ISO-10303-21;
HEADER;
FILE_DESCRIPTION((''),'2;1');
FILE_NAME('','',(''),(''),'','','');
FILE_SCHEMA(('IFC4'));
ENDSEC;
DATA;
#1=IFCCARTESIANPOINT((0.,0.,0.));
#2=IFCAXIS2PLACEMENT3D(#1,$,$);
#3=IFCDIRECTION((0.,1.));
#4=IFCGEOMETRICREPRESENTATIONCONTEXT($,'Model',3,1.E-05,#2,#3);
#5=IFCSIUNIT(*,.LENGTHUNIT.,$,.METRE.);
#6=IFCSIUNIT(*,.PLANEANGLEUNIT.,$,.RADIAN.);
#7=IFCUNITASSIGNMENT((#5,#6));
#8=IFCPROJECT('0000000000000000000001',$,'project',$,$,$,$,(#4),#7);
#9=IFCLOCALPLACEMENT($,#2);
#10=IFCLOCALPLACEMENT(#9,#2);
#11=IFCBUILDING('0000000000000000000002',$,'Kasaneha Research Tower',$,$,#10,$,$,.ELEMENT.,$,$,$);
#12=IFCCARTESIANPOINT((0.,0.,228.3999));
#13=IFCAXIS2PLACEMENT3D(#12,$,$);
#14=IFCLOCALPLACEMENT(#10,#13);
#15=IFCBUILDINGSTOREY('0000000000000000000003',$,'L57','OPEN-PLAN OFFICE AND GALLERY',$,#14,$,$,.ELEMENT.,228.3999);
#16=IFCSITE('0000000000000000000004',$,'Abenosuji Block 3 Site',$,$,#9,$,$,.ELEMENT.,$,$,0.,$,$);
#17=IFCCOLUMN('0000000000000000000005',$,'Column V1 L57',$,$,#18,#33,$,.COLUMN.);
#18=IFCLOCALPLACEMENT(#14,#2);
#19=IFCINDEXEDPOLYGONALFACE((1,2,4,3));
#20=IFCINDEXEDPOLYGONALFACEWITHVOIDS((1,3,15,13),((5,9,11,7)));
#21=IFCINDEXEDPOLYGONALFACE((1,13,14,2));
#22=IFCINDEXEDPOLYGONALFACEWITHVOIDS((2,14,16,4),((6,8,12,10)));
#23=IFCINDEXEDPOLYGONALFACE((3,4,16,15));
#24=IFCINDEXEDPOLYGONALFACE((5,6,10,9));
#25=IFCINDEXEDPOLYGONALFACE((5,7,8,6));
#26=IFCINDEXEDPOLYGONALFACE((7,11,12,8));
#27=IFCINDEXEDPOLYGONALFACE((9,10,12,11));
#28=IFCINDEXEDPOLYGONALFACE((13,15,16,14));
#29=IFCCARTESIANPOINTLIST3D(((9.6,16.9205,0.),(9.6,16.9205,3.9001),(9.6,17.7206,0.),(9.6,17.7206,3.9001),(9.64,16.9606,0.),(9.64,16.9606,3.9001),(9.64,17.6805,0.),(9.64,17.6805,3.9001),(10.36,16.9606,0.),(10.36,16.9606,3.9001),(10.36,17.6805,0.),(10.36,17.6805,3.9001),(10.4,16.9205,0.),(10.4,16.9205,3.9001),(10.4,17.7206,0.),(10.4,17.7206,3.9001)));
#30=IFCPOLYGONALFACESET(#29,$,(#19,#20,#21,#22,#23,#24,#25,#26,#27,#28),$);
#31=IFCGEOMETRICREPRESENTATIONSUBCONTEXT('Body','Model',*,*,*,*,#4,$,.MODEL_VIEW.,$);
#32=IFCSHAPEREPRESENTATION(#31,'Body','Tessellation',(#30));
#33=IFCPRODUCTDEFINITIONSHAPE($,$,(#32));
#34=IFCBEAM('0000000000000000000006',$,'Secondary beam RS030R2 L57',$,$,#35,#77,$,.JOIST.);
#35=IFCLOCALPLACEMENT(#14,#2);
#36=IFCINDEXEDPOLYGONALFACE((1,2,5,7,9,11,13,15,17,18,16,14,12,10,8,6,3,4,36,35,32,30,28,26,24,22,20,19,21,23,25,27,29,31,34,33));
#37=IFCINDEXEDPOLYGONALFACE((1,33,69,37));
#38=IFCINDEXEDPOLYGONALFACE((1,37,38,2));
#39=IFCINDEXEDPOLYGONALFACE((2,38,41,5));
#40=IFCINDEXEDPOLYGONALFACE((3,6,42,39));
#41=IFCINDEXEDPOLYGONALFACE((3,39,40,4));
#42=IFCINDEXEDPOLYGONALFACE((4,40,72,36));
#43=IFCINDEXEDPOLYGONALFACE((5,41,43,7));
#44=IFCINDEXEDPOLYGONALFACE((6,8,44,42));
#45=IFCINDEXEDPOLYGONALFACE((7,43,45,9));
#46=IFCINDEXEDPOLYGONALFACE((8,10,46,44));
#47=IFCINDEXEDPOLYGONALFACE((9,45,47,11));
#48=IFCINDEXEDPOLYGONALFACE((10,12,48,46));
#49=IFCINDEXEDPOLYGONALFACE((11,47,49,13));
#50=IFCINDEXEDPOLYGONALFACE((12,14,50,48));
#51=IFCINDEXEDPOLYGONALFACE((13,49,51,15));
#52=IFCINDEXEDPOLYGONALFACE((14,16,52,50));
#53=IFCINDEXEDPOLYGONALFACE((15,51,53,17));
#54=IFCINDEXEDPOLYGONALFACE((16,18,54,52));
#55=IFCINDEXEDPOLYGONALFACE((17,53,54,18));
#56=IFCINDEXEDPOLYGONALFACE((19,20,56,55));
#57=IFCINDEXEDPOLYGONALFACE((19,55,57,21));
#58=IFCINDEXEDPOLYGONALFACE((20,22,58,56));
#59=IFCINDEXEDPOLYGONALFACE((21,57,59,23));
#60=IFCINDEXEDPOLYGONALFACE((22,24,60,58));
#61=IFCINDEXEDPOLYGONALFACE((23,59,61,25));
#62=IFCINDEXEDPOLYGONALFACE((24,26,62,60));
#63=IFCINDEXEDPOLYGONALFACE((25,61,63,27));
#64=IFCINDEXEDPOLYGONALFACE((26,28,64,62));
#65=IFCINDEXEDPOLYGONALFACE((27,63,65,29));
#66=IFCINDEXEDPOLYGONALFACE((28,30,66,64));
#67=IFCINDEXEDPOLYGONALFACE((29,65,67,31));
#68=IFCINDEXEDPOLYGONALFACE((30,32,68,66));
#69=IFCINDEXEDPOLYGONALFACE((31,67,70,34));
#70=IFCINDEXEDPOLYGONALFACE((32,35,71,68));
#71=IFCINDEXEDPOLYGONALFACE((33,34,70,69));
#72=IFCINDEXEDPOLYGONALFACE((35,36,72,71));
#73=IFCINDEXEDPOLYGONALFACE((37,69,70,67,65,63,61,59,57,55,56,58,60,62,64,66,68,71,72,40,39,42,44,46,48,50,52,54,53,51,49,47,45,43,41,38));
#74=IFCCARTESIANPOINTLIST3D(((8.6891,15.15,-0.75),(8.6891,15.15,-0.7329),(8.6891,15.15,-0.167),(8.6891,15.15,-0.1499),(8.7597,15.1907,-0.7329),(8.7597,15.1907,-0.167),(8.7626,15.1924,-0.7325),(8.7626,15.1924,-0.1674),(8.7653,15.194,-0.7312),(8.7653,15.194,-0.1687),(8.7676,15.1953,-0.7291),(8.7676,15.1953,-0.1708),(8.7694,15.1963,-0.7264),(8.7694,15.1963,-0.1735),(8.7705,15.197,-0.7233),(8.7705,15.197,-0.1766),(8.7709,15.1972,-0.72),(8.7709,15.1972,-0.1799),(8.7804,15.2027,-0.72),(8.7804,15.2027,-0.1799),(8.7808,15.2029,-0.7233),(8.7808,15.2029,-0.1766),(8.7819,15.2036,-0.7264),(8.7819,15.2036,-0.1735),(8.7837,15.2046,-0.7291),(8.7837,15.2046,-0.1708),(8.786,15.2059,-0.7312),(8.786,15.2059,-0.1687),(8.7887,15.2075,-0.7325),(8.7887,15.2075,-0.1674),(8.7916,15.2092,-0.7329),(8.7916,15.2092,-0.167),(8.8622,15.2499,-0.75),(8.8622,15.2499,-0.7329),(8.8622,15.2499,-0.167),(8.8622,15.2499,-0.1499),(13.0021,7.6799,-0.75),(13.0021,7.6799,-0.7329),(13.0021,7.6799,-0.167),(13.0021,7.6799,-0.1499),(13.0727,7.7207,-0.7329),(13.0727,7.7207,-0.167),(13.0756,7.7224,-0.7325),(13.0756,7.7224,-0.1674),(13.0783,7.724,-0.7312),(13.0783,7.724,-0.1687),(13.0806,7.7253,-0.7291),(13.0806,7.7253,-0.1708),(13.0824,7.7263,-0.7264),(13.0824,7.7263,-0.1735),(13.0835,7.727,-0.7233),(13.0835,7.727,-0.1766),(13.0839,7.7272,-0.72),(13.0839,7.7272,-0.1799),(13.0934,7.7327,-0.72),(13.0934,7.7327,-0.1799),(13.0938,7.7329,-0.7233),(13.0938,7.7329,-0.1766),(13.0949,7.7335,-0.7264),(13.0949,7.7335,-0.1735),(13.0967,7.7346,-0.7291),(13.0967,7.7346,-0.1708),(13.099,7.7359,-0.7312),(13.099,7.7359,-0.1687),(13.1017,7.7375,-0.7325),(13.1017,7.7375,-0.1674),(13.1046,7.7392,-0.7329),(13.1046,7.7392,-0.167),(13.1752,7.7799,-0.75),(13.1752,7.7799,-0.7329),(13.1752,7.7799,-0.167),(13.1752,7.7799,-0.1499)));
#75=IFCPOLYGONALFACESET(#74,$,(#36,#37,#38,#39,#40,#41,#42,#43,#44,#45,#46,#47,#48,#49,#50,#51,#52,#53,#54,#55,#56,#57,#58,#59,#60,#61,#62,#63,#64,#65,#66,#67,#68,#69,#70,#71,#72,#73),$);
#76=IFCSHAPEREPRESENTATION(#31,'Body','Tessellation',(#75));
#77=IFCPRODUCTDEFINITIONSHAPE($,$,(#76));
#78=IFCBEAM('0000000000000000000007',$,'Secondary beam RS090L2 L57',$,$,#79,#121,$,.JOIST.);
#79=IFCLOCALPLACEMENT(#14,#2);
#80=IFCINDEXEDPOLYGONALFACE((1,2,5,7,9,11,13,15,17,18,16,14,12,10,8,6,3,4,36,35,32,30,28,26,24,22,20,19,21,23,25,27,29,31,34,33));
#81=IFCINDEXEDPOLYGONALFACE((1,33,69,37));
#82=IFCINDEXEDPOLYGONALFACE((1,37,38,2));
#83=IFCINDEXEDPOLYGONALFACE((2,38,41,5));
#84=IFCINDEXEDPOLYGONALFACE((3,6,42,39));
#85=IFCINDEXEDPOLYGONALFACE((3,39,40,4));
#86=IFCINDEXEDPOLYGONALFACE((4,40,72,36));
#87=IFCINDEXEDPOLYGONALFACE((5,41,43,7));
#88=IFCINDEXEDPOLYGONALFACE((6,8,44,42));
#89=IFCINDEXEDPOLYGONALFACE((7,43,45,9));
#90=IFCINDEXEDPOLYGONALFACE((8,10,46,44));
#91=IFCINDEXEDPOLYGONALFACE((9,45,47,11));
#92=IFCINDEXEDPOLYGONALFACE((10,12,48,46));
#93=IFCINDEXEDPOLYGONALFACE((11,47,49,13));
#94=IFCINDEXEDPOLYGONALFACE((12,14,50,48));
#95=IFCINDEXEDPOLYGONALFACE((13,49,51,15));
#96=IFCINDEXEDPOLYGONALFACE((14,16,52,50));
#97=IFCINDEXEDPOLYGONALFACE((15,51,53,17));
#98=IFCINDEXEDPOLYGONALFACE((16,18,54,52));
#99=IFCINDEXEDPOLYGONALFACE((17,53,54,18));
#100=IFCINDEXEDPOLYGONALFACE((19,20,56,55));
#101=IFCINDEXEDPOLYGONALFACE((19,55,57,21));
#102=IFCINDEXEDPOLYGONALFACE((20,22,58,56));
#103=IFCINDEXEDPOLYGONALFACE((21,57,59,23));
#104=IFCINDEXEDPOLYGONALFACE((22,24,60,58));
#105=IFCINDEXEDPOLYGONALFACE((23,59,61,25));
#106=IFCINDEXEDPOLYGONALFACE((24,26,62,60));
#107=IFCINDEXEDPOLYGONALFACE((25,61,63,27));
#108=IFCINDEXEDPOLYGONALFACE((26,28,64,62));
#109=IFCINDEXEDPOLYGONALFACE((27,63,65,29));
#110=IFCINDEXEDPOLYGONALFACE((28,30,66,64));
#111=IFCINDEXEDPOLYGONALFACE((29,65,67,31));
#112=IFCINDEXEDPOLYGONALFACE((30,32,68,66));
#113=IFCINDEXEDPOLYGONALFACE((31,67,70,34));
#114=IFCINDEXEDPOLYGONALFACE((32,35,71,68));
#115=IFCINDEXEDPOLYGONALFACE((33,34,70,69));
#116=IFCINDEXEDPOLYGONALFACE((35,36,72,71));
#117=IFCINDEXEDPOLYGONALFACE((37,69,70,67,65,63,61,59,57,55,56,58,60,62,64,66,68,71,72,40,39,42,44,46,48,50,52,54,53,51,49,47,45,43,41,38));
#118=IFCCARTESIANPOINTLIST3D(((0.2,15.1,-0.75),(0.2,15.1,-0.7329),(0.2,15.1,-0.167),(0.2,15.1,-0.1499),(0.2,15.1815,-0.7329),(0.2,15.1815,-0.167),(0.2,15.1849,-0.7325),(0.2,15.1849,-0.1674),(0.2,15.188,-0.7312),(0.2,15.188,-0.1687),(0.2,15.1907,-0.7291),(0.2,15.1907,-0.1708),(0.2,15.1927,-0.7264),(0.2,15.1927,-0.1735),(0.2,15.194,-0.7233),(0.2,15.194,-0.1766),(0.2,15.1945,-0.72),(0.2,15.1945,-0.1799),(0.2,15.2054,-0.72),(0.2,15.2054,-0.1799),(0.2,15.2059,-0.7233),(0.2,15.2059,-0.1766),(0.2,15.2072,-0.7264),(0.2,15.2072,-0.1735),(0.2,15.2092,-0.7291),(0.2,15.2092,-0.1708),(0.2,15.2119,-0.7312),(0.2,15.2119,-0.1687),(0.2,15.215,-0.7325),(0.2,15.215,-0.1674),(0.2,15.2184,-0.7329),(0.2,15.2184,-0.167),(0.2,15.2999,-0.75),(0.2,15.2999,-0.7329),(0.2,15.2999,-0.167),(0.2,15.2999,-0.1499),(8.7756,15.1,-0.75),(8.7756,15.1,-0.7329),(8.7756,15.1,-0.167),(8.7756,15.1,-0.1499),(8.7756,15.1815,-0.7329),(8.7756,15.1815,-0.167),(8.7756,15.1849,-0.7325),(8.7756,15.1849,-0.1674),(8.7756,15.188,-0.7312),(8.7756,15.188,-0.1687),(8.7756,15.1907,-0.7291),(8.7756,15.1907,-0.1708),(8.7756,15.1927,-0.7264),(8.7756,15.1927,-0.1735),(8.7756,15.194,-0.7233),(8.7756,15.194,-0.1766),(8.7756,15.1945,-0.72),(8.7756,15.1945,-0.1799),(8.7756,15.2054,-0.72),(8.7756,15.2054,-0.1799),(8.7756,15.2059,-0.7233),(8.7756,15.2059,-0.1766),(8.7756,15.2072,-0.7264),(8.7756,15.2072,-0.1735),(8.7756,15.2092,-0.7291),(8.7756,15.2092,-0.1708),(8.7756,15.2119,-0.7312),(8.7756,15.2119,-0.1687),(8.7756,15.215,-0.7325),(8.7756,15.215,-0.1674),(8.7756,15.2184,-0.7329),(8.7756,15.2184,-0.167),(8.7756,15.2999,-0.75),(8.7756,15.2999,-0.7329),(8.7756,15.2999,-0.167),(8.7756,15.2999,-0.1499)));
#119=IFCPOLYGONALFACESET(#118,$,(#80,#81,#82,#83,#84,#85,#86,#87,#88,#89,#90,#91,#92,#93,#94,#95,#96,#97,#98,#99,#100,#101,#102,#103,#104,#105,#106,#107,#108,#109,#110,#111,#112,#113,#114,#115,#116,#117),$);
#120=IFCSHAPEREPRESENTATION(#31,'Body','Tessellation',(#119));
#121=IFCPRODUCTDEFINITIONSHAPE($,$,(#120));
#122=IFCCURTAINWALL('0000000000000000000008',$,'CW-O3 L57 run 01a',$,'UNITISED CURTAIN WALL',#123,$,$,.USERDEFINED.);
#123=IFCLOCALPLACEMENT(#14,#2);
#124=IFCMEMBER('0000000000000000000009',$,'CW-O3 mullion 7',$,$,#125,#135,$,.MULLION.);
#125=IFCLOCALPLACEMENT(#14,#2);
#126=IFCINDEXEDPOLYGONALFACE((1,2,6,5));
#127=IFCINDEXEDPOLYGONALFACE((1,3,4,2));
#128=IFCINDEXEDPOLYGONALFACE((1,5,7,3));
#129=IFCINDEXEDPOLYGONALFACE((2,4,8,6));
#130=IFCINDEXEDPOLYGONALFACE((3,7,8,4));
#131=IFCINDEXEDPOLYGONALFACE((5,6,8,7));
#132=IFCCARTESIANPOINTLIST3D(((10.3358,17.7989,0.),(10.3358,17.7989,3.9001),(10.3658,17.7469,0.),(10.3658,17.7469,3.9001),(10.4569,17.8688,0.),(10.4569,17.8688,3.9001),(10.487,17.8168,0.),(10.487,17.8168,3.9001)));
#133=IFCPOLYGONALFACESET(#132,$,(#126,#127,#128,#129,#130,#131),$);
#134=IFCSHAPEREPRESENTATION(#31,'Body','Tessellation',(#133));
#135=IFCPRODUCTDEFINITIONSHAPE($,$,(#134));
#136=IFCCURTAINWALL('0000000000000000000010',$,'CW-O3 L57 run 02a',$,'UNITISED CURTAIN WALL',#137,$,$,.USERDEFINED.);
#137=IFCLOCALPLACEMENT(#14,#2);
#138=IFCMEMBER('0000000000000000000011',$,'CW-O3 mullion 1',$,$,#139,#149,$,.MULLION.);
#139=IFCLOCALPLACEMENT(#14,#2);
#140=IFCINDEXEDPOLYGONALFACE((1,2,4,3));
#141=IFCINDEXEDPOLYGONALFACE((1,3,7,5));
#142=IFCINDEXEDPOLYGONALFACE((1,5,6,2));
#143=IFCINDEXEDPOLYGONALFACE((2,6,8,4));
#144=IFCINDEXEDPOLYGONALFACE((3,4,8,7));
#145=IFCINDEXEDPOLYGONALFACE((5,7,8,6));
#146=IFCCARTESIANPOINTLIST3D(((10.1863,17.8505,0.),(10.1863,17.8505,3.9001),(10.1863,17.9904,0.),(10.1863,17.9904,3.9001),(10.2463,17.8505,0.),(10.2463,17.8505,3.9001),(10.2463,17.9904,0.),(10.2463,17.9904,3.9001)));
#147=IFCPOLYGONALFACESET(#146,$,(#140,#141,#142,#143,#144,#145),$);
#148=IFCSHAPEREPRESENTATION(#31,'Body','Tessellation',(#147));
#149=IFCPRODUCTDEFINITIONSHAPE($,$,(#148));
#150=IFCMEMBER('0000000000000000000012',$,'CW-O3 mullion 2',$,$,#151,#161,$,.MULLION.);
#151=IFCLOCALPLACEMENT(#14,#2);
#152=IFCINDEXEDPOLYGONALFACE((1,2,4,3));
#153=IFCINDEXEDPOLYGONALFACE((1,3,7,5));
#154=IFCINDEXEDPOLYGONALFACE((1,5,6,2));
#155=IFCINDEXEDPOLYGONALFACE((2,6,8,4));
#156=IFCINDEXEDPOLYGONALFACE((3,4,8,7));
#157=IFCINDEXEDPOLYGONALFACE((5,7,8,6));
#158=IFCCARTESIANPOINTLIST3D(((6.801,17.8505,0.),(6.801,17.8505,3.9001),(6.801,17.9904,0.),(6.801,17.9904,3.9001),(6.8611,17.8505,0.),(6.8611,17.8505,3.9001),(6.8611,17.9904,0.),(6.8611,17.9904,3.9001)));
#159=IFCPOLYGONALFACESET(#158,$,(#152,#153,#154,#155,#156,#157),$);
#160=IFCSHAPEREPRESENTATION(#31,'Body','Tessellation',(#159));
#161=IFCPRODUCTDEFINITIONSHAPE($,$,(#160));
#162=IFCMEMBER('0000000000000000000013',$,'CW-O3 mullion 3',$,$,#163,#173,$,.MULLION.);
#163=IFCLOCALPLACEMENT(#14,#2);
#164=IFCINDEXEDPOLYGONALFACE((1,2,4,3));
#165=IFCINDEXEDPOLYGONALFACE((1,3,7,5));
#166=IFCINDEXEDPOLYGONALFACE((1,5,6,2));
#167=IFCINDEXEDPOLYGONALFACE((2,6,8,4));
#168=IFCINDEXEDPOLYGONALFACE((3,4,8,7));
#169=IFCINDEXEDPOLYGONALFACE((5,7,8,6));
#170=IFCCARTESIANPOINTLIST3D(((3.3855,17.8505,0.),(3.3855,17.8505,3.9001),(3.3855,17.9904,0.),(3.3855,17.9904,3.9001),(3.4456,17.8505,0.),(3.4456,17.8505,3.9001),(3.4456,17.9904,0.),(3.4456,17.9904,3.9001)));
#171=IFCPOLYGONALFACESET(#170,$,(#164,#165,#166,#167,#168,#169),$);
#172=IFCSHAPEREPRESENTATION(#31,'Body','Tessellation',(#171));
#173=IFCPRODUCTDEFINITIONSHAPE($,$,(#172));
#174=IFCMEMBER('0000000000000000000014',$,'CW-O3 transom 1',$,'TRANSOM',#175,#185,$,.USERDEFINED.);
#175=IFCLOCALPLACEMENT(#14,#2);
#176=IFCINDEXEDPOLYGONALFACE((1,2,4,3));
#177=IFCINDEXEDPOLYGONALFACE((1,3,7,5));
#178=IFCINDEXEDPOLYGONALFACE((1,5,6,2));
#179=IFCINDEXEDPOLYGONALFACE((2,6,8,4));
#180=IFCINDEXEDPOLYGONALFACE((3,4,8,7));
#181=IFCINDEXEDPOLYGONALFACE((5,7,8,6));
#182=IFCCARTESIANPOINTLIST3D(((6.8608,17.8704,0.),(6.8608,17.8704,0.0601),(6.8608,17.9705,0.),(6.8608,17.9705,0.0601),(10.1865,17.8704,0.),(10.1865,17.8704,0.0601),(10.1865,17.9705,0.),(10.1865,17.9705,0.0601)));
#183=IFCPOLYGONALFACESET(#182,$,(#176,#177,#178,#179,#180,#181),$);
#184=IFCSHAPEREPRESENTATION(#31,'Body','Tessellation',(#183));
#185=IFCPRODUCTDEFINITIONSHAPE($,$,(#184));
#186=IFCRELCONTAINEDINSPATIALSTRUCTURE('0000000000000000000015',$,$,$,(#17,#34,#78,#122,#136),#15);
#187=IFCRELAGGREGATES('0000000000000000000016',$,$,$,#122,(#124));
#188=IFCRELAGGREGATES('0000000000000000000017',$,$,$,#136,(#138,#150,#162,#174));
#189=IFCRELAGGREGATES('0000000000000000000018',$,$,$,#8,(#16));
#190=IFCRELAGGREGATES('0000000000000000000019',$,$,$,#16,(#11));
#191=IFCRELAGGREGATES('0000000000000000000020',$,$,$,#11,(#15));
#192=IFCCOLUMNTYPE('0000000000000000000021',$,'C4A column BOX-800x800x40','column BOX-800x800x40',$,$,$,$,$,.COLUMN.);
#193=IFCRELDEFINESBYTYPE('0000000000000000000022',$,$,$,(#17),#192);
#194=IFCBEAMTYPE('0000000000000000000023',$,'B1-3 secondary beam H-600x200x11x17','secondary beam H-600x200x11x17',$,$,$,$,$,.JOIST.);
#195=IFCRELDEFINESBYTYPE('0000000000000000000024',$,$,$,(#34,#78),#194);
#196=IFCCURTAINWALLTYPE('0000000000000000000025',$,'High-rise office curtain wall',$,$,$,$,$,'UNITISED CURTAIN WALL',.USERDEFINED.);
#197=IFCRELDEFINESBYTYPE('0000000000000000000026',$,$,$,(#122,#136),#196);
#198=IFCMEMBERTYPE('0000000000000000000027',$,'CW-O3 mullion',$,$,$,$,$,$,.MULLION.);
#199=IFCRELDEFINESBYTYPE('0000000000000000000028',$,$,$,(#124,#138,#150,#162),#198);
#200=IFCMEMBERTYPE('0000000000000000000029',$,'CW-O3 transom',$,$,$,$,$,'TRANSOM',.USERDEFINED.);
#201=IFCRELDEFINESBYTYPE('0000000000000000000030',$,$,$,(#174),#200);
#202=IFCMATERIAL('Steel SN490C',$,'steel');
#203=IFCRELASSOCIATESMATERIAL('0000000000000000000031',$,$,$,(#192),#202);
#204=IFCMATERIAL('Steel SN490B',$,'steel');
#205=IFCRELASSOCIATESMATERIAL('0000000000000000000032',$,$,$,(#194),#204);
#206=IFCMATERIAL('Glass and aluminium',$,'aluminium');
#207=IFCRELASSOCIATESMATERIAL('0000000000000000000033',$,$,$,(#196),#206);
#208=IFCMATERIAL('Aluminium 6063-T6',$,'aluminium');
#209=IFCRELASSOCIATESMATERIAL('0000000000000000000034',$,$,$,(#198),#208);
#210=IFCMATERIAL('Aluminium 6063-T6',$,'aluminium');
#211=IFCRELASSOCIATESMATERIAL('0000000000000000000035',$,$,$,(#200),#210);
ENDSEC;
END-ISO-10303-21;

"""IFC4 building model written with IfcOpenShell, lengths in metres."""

from ifc_helpers import new_model, si_unit, direction, frame, origin, origin_2d, place, context, subcontext, project, spatial, rectangle, hollow_rectangle, i_section, extrude, material, material_profile, profile_set, type_object, element, aggregate, save


model = new_model("IFC4")

# Units and contexts
model_context = context("Model", 3, precision=1e-05, world=origin(), true_north=direction((0.0, 1.0)))
body_context = subcontext(model_context, "Body", "Model", "MODEL_VIEW")
ifc_project = project(units=[si_unit("LENGTHUNIT", "METRE"), si_unit("PLANEANGLEUNIT", "RADIAN")], contexts=[model_context])

# Site, building, storey
site_placement = place(None, origin())
site = spatial("IfcSite", under=ifc_project, at=site_placement, Name="Abenosuji Block 3 Site", CompositionType="ELEMENT", RefElevation=0.0)
building_placement = place(site_placement, origin())
building = spatial("IfcBuilding", under=site, at=building_placement, Name="Kasaneha Research Tower", CompositionType="ELEMENT")
storey_placement = place(building_placement, frame((0.0, 0.0, 228.3999)))
storey = spatial("IfcBuildingStorey", under=building, at=storey_placement, Name="L57", Description="OPEN-PLAN OFFICE AND GALLERY", CompositionType="ELEMENT", Elevation=228.3999)

# Column
ifc_material_1 = material(Name="Steel SN490C", Category="steel")
ifc_material_profile_1 = material_profile(ifc_material_1, hollow_rectangle(XDim=0.8, YDim=0.8, WallThickness=0.04, at=origin_2d()), Name="BOX-800x800x40")
ifc_profile_set_1 = profile_set([ifc_material_profile_1], Name="Steel SN490C")
column_type = type_object("IfcColumnType", Name="C4A column BOX-800x800x40", Description="column BOX-800x800x40", PredefinedType="COLUMN", material=ifc_profile_set_1)
column_placement = place(storey_placement, frame((10.0, 17.3206, 0.0), z_axis=(0.0, 0.0, 1.0), x_axis=(1.0, 0.0, 0.0)))
element("IfcColumn", 1, at=column_placement, inside=storey, type_object=column_type, Name="Column V1 L57", PredefinedType="COLUMN", context=body_context, shape_type="SweptSolid", body=[
    extrude(hollow_rectangle(XDim=0.8, YDim=0.8, WallThickness=0.04, at=origin_2d()), origin(), (0.0, 0.0, 1.0), 3.9001),
])

# Beams
ifc_material_2 = material(Name="Steel SN490B", Category="steel")
ifc_material_profile_2 = material_profile(ifc_material_2, i_section(OverallWidth=0.2, OverallDepth=0.6001, WebThickness=0.011, FlangeThickness=0.0171, FilletRadius=0.0129, at=origin_2d()), Name="H-600x200x11x17")
ifc_profile_set_2 = profile_set([ifc_material_profile_2], Name="Steel SN490B")
beam_type_1 = type_object("IfcBeamType", Name="B1-3 secondary beam H-600x200x11x17", Description="secondary beam H-600x200x11x17", PredefinedType="JOIST", material=ifc_profile_set_2)
beam_1_placement = place(storey_placement, frame((8.7756, 15.2, -0.45), z_axis=(0.500017, -0.866015, 0.0), x_axis=(0.866015, 0.500017, 0.0)))
element("IfcBeam", 2, at=beam_1_placement, inside=storey, type_object=beam_type_1, Name="Secondary beam RS030R2 L57", PredefinedType="JOIST", context=body_context, shape_type="SweptSolid", body=[
    extrude(i_section(OverallWidth=0.2, OverallDepth=0.6001, WebThickness=0.011, FlangeThickness=0.0171, FilletRadius=0.0129, at=origin_2d()), origin(), (0.0, 0.0, 1.0), 8.6257),
])
beam_2_placement = place(storey_placement, frame((8.7756, 15.2, -0.45), z_axis=(-1.0, 0.0, 0.0), x_axis=(0.0, -1.0, 0.0)))
element("IfcBeam", 3, at=beam_2_placement, inside=storey, type_object=beam_type_1, Name="Secondary beam RS090L2 L57", PredefinedType="JOIST", context=body_context, shape_type="SweptSolid", body=[
    extrude(i_section(OverallWidth=0.2, OverallDepth=0.6001, WebThickness=0.011, FlangeThickness=0.0171, FilletRadius=0.0129, at=origin_2d()), origin(), (0.0, 0.0, 1.0), 8.5757),
])

# Curtain wall, member
ifc_material_3 = material(Name="Glass and aluminium", Category="aluminium")
curtain_wall_type = type_object("IfcCurtainWallType", Name="High-rise office curtain wall", ElementType="UNITISED CURTAIN WALL", PredefinedType="USERDEFINED", material=ifc_material_3)
curtain_wall_1_placement = place(storey_placement, origin())
curtain_wall_1 = element("IfcCurtainWall", 4, at=curtain_wall_1_placement, inside=storey, type_object=curtain_wall_type, Name="CW-O3 L57 run 01a", ObjectType="UNITISED CURTAIN WALL", PredefinedType="USERDEFINED")
ifc_material_4 = material(Name="Aluminium 6063-T6", Category="aluminium")
ifc_material_profile_3 = material_profile(ifc_material_4, rectangle(XDim=0.0601, YDim=0.1399, at=origin_2d()), Name="CW-O3 mullion 60x140")
ifc_profile_set_3 = profile_set([ifc_material_profile_3], Name="Aluminium 6063-T6")
member_type_1 = type_object("IfcMemberType", Name="CW-O3 mullion", PredefinedType="MULLION", material=ifc_profile_set_3)
member_1_placement = place(storey_placement, frame((10.4114, 17.8079, 0.0), z_axis=(0.0, 0.0, 1.0), x_axis=(-0.5, 0.866025, 0.0)))
member_1 = element("IfcMember", 5, at=member_1_placement, type_object=member_type_1, Name="CW-O3 mullion 7", PredefinedType="MULLION", context=body_context, shape_type="SweptSolid", body=[
    extrude(rectangle(XDim=0.0601, YDim=0.1399, at=origin_2d()), origin(), (0.0, 0.0, 1.0), 3.9001),
])

# Curtain wall, members
curtain_wall_2_placement = place(storey_placement, origin())
curtain_wall_2 = element("IfcCurtainWall", 6, at=curtain_wall_2_placement, inside=storey, type_object=curtain_wall_type, Name="CW-O3 L57 run 02a", ObjectType="UNITISED CURTAIN WALL", PredefinedType="USERDEFINED")
member_2_placement = place(storey_placement, frame((10.2163, 17.9204, 0.0), z_axis=(0.0, 0.0, 1.0), x_axis=(-1.0, 0.0, 0.0)))
member_2 = element("IfcMember", 7, at=member_2_placement, type_object=member_type_1, Name="CW-O3 mullion 1", PredefinedType="MULLION", context=body_context, shape_type="SweptSolid", body=[
    extrude(rectangle(XDim=0.0601, YDim=0.1399, at=origin_2d()), origin(), (0.0, 0.0, 1.0), 3.9001),
])
member_3_placement = place(storey_placement, frame((6.8311, 17.9204, 0.0), z_axis=(0.0, 0.0, 1.0), x_axis=(-1.0, 0.0, 0.0)))
member_3 = element("IfcMember", 8, at=member_3_placement, type_object=member_type_1, Name="CW-O3 mullion 2", PredefinedType="MULLION", context=body_context, shape_type="SweptSolid", body=[
    extrude(rectangle(XDim=0.0601, YDim=0.1399, at=origin_2d()), origin(), (0.0, 0.0, 1.0), 3.9001),
])
member_4_placement = place(storey_placement, frame((3.4155, 17.9204, 0.0), z_axis=(0.0, 0.0, 1.0), x_axis=(-1.0, 0.0, 0.0)))
member_4 = element("IfcMember", 9, at=member_4_placement, type_object=member_type_1, Name="CW-O3 mullion 3", PredefinedType="MULLION", context=body_context, shape_type="SweptSolid", body=[
    extrude(rectangle(XDim=0.0601, YDim=0.1399, at=origin_2d()), origin(), (0.0, 0.0, 1.0), 3.9001),
])
ifc_material_5 = material(Name="Aluminium 6063-T6", Category="aluminium")
ifc_material_profile_4 = material_profile(ifc_material_5, rectangle(XDim=0.1001, YDim=0.0601, at=origin_2d()), Name="CW-O3 transom 100x60")
ifc_profile_set_4 = profile_set([ifc_material_profile_4], Name="Aluminium 6063-T6")
member_type_2 = type_object("IfcMemberType", Name="CW-O3 transom", ElementType="TRANSOM", PredefinedType="USERDEFINED", material=ifc_profile_set_4)
member_5_placement = place(storey_placement, frame((10.1865, 17.9204, 0.03), z_axis=(-1.0, 0.0, 0.0), x_axis=(0.0, -1.0, 0.0)))
member_5 = element("IfcMember", 10, at=member_5_placement, type_object=member_type_2, Name="CW-O3 transom 1", ObjectType="TRANSOM", PredefinedType="USERDEFINED", context=body_context, shape_type="SweptSolid", body=[
    extrude(rectangle(XDim=0.1001, YDim=0.0601, at=origin_2d()), origin(), (0.0, 0.0, 1.0), 3.3257),
])

aggregate(curtain_wall_1, [member_1])
aggregate(curtain_wall_2, [member_2, member_3, member_4, member_5])

save(model, "model.ifc")
